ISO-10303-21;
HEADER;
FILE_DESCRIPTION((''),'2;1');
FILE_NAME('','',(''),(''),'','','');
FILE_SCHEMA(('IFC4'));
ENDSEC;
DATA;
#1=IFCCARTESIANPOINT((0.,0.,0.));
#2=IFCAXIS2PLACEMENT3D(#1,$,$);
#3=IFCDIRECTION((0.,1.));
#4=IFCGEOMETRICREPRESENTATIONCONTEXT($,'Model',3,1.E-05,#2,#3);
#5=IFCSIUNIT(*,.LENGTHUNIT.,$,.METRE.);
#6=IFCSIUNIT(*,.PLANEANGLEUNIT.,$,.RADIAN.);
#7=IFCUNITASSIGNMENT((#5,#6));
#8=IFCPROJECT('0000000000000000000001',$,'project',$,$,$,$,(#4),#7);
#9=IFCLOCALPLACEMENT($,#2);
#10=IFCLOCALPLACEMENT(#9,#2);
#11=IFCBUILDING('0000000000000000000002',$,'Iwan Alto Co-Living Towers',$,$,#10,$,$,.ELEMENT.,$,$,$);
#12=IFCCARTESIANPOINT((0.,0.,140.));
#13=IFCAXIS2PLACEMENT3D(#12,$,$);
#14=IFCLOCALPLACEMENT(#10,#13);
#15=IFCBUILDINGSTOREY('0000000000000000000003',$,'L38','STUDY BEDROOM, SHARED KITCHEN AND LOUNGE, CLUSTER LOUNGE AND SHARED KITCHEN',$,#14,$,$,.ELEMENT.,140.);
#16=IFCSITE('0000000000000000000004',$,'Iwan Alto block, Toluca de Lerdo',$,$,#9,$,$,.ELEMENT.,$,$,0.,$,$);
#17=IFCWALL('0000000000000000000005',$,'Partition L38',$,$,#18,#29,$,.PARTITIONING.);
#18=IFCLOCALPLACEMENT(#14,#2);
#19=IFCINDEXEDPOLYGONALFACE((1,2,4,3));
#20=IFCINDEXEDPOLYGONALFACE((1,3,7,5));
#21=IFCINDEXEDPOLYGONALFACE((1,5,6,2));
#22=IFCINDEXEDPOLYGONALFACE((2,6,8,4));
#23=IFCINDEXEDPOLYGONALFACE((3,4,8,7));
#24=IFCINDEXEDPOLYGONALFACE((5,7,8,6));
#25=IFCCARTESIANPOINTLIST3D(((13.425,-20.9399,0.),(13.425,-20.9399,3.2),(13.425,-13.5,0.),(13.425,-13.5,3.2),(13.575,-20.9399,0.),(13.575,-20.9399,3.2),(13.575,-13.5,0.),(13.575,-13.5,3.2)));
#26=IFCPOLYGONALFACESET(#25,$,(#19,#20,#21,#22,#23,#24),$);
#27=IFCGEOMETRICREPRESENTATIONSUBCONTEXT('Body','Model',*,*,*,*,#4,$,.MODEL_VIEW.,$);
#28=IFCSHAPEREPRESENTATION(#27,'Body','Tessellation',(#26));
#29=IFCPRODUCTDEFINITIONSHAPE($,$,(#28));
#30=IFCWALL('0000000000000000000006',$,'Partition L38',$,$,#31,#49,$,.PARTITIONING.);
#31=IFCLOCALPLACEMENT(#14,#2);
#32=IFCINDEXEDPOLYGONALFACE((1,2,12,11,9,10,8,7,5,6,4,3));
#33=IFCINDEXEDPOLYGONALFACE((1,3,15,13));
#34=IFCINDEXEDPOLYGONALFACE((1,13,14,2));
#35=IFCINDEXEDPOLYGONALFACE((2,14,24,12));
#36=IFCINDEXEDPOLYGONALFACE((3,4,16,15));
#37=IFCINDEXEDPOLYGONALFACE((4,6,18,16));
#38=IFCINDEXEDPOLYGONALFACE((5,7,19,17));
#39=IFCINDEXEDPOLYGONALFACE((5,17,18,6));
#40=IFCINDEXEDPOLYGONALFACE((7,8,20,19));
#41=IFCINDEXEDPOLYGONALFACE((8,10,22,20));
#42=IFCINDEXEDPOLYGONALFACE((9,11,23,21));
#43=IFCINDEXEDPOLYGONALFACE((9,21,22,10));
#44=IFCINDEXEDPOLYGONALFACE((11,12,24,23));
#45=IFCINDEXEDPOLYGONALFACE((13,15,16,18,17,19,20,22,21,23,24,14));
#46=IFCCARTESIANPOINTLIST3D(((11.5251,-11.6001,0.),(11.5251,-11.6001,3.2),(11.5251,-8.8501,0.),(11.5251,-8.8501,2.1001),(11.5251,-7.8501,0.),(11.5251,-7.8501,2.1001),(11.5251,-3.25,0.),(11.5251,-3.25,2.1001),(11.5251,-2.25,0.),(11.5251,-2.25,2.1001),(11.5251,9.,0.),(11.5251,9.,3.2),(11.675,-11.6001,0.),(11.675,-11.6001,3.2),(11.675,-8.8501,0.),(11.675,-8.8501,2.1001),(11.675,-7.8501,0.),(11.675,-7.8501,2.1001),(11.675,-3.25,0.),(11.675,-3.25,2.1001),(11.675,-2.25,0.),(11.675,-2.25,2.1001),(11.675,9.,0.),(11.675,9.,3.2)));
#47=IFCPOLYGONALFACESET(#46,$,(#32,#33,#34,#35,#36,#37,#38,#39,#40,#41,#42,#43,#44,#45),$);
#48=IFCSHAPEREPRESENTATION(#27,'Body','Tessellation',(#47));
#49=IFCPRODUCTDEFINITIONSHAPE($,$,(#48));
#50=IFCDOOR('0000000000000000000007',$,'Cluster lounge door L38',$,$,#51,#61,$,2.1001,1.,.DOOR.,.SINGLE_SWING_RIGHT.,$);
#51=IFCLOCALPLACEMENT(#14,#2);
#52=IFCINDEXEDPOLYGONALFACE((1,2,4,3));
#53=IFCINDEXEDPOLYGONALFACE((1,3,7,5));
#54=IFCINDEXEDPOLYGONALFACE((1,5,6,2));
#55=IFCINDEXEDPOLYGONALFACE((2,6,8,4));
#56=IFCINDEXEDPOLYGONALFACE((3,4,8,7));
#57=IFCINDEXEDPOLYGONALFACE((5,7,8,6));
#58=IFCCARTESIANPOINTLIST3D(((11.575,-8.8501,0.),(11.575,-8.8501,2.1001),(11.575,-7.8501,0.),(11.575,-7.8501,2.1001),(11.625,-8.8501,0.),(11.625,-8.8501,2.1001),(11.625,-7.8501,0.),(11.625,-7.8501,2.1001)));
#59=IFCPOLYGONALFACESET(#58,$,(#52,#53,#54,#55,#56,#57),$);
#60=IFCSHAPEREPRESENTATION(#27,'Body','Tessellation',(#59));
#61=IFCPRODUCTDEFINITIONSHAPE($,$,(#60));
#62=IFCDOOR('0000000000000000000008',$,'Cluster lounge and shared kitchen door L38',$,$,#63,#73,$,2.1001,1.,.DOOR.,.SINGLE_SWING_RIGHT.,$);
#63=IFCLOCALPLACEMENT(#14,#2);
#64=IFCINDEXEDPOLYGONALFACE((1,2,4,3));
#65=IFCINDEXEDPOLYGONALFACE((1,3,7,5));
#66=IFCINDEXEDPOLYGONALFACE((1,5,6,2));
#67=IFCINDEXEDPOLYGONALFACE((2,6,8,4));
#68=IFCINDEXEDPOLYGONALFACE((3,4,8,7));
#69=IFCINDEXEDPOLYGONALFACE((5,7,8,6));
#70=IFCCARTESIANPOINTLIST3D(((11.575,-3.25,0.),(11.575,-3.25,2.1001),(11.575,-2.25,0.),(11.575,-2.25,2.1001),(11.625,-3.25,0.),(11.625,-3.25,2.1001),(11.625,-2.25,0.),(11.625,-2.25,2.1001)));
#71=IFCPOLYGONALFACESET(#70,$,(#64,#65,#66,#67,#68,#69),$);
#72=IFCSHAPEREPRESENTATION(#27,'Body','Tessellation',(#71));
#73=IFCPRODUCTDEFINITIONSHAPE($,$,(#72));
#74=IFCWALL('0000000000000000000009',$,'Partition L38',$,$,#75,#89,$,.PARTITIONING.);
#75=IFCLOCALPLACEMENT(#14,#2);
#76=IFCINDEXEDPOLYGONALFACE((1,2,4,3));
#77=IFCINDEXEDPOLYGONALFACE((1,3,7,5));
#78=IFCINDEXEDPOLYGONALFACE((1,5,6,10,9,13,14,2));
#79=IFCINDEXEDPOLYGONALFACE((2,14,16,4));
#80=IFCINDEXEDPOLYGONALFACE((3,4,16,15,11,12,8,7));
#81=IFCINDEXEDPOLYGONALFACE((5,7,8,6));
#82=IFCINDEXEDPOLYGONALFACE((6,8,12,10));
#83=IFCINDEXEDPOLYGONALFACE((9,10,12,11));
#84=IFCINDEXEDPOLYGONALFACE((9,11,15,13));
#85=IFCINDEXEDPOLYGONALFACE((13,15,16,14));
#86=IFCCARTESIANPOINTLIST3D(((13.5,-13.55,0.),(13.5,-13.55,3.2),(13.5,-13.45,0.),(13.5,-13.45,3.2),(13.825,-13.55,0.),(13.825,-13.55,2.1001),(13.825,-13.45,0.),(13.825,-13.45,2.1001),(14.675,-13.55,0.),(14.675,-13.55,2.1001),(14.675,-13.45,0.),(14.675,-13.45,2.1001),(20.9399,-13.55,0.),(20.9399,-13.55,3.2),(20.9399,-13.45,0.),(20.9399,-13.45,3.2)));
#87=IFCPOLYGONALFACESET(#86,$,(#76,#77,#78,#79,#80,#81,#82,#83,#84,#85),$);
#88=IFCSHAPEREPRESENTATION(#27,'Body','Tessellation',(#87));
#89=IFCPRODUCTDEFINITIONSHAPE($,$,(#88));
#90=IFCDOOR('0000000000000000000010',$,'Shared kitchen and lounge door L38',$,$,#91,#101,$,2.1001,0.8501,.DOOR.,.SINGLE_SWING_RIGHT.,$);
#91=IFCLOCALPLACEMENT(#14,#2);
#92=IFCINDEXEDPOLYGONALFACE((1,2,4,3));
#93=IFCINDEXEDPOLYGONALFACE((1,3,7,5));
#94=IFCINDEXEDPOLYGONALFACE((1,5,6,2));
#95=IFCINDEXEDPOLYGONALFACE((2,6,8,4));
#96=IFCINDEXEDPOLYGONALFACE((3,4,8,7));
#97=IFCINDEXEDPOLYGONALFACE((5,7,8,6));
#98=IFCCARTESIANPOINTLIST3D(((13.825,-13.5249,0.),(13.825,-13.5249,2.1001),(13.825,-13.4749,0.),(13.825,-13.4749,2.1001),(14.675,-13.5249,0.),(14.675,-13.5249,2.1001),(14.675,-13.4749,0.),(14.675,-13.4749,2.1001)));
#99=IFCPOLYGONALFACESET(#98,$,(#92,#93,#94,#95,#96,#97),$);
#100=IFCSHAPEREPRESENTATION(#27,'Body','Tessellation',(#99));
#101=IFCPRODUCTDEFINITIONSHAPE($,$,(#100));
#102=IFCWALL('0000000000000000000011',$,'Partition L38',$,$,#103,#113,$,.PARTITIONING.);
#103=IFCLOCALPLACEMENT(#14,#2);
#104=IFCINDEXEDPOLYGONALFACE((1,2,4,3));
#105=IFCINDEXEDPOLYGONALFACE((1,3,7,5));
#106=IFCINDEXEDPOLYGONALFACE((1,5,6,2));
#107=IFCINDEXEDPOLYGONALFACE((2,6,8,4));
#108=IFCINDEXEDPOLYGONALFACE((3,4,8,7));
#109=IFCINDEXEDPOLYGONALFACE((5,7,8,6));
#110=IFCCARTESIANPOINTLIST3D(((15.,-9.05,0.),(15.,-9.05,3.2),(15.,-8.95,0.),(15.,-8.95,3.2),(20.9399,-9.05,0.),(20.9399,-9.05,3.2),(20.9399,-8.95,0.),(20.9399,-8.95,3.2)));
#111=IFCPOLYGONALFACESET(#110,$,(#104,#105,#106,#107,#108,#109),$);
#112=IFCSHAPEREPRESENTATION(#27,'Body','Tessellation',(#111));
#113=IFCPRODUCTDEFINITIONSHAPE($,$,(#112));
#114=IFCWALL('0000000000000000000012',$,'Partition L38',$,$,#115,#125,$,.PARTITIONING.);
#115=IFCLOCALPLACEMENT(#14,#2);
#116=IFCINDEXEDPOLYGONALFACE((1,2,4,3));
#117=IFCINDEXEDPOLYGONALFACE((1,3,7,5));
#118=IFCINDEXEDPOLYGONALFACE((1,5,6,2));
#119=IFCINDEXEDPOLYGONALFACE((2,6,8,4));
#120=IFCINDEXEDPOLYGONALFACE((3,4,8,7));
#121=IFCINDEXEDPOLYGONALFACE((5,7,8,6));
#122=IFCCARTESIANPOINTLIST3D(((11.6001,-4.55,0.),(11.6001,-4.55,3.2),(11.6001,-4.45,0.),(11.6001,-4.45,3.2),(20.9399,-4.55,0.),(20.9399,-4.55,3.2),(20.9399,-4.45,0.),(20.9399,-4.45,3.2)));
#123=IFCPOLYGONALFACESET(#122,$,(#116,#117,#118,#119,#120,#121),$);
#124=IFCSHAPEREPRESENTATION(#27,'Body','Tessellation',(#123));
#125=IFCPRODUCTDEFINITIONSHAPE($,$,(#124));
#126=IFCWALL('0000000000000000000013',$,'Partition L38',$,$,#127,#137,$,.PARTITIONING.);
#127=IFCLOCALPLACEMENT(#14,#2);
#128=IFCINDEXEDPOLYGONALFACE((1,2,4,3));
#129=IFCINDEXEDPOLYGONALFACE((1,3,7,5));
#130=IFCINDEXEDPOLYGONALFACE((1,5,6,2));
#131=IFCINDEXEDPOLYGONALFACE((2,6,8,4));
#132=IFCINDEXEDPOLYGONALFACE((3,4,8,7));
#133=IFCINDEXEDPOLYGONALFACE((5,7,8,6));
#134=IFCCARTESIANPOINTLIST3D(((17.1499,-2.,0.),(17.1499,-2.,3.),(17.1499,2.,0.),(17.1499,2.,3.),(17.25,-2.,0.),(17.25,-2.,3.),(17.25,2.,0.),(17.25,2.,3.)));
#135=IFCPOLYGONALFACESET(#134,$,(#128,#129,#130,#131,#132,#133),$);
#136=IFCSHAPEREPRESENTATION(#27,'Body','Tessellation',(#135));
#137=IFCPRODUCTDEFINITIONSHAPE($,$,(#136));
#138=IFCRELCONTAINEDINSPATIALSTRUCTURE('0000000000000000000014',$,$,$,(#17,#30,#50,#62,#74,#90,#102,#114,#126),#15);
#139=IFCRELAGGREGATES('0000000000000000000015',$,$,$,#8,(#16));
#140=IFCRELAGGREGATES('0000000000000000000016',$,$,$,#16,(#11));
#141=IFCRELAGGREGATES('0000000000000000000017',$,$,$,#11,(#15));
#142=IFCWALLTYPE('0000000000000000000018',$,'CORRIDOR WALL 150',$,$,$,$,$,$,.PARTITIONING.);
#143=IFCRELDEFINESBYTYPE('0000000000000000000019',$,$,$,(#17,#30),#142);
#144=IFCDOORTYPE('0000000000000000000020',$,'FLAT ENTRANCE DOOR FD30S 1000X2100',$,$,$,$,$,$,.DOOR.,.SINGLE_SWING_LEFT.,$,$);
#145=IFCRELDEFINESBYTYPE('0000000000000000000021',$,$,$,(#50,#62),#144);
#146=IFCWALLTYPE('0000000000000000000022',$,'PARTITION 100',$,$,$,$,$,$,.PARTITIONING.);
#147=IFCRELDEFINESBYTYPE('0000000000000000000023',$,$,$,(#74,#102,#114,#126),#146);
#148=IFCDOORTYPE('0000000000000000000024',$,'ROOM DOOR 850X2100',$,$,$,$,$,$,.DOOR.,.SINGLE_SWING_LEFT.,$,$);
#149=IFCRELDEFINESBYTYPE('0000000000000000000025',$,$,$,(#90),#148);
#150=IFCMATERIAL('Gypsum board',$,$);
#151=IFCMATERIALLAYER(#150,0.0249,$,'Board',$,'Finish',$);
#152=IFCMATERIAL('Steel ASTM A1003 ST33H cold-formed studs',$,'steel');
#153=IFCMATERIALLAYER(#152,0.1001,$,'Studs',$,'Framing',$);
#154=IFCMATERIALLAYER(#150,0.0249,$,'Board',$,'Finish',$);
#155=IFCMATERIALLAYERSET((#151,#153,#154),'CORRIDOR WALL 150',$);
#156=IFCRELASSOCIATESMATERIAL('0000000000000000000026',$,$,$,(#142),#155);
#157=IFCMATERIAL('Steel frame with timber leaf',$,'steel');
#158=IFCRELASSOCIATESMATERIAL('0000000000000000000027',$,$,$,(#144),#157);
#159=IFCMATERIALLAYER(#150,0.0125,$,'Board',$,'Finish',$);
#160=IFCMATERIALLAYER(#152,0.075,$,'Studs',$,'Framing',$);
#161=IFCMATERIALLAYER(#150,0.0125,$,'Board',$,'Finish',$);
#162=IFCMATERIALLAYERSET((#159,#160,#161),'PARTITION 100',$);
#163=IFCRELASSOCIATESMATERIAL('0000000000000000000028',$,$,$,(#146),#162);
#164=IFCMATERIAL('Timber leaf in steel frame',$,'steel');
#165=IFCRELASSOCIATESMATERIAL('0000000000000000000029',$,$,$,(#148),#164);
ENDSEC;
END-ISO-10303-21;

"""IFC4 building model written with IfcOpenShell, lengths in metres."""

from ifc_helpers import new_model, si_unit, direction, frame, frame_2d, origin, place, context, subcontext, project, spatial, rectangle, extrude, material, layer, layer_set, type_object, element, fill, save


model = new_model("IFC4")

# Units and contexts
model_context = context("Model", 3, precision=1e-05, world=origin(), true_north=direction((0.0, 1.0)))
body_context = subcontext(model_context, "Body", "Model", "MODEL_VIEW")
ifc_project = project(units=[si_unit("LENGTHUNIT", "METRE"), si_unit("PLANEANGLEUNIT", "RADIAN")], contexts=[model_context])

# Site, building, storey
site_placement = place(None, origin())
site = spatial("IfcSite", under=ifc_project, at=site_placement, Name="Iwan Alto block, Toluca de Lerdo", CompositionType="ELEMENT", RefElevation=0.0)
building_placement = place(site_placement, origin())
building = spatial("IfcBuilding", under=site, at=building_placement, Name="Iwan Alto Co-Living Towers", CompositionType="ELEMENT")
storey_placement = place(building_placement, frame((0.0, 0.0, 140.0)))
storey = spatial("IfcBuildingStorey", under=building, at=storey_placement, Name="L38", Description="STUDY BEDROOM, SHARED KITCHEN AND LOUNGE, CLUSTER LOUNGE AND SHARED KITCHEN", CompositionType="ELEMENT", Elevation=140.0)

# Wall
ifc_material_1 = material(Name="Gypsum board")
ifc_layer_1 = layer(ifc_material_1, 0.0249, Name="Board", Category="Finish")
ifc_material_2 = material(Name="Steel ASTM A1003 ST33H cold-formed studs", Category="steel")
ifc_layer_2 = layer(ifc_material_2, 0.1001, Name="Studs", Category="Framing")
ifc_layer_3 = layer(ifc_material_1, 0.0249, Name="Board", Category="Finish")
ifc_layer_set_1 = layer_set([ifc_layer_1, ifc_layer_2, ifc_layer_3], Name="CORRIDOR WALL 150")
wall_type_1 = type_object("IfcWallType", Name="CORRIDOR WALL 150", PredefinedType="PARTITIONING", material=ifc_layer_set_1)
wall_1_placement = place(storey_placement, frame((13.5, -20.9399, 0.0), z_axis=(0.0, 0.0, 1.0), x_axis=(0.0, 1.0, 0.0)))
element("IfcWall", 1, at=wall_1_placement, inside=storey, type_object=wall_type_1, Name="Partition L38", PredefinedType="PARTITIONING", context=body_context, shape_type="SweptSolid", body=[
    extrude(rectangle(XDim=7.4399, YDim=0.1499, at=frame_2d((3.72, 0.0))), origin(), (0.0, 0.0, 1.0), 3.2),
])

# Wall, openings, doors
wall_2_placement = place(storey_placement, frame((11.6001, -11.6001, 0.0), z_axis=(0.0, 0.0, 1.0), x_axis=(0.0, 1.0, 0.0)))
wall_2 = element("IfcWall", 2, at=wall_2_placement, inside=storey, type_object=wall_type_1, Name="Partition L38", PredefinedType="PARTITIONING", context=body_context, shape_type="SweptSolid", body=[
    extrude(rectangle(XDim=20.6001, YDim=0.1499, at=frame_2d((10.3, 0.0))), origin(), (0.0, 0.0, 1.0), 3.2),
])
opening_1_placement = place(wall_2_placement, frame((2.75, 0.0, 0.0)))
opening_1 = element("IfcOpeningElement", 3, at=opening_1_placement, cuts=wall_2, PredefinedType="OPENING", context=body_context, shape_type="SweptSolid", body=[
    extrude(rectangle(XDim=1.0, YDim=2.1001, at=frame_2d((0.5, 1.05))), frame((0.0, 0.085, 0.0), z_axis=(0.0, -1.0, 0.0), x_axis=(1.0, 0.0, 0.0)), (0.0, 0.0, 1.0), 0.1699),
])
opening_2_placement = place(wall_2_placement, frame((8.3501, 0.0, 0.0)))
opening_2 = element("IfcOpeningElement", 4, at=opening_2_placement, cuts=wall_2, PredefinedType="OPENING", context=body_context, shape_type="SweptSolid", body=[
    extrude(rectangle(XDim=1.0, YDim=2.1001, at=frame_2d((0.5, 1.05))), frame((0.0, 0.085, 0.0), z_axis=(0.0, -1.0, 0.0), x_axis=(1.0, 0.0, 0.0)), (0.0, 0.0, 1.0), 0.1699),
])
ifc_material_3 = material(Name="Steel frame with timber leaf", Category="steel")
door_type_1 = type_object("IfcDoorType", Name="FLAT ENTRANCE DOOR FD30S 1000X2100", OperationType="SINGLE_SWING_LEFT", PredefinedType="DOOR", material=ifc_material_3)
door_1_placement = place(opening_1_placement, frame((1.0, 0.0, 0.0), z_axis=(0.0, 0.0, 1.0), x_axis=(-1.0, 0.0, 0.0)))
door_1 = element("IfcDoor", 5, at=door_1_placement, inside=storey, type_object=door_type_1, Name="Cluster lounge door L38", OperationType="SINGLE_SWING_RIGHT", OverallHeight=2.1001, OverallWidth=1.0, PredefinedType="DOOR", context=body_context, shape_type="SweptSolid", body=[
    extrude(rectangle(XDim=1.0, YDim=2.1001, at=frame_2d((0.5, 1.05))), frame((0.0, 0.0249, 0.0), z_axis=(0.0, -1.0, 0.0), x_axis=(1.0, 0.0, 0.0)), (0.0, 0.0, 1.0), 0.05),
])
fill(opening_1, door_1)
door_2_placement = place(opening_2_placement, frame((1.0, 0.0, 0.0), z_axis=(0.0, 0.0, 1.0), x_axis=(-1.0, 0.0, 0.0)))
door_2 = element("IfcDoor", 6, at=door_2_placement, inside=storey, type_object=door_type_1, Name="Cluster lounge and shared kitchen door L38", OperationType="SINGLE_SWING_RIGHT", OverallHeight=2.1001, OverallWidth=1.0, PredefinedType="DOOR", context=body_context, shape_type="SweptSolid", body=[
    extrude(rectangle(XDim=1.0, YDim=2.1001, at=frame_2d((0.5, 1.05))), frame((0.0, 0.0249, 0.0), z_axis=(0.0, -1.0, 0.0), x_axis=(1.0, 0.0, 0.0)), (0.0, 0.0, 1.0), 0.05),
])
fill(opening_2, door_2)

# Wall, opening, door
ifc_layer_4 = layer(ifc_material_1, 0.0125, Name="Board", Category="Finish")
ifc_layer_5 = layer(ifc_material_2, 0.075, Name="Studs", Category="Framing")
ifc_layer_6 = layer(ifc_material_1, 0.0125, Name="Board", Category="Finish")
ifc_layer_set_2 = layer_set([ifc_layer_4, ifc_layer_5, ifc_layer_6], Name="PARTITION 100")
wall_type_2 = type_object("IfcWallType", Name="PARTITION 100", PredefinedType="PARTITIONING", material=ifc_layer_set_2)
wall_3_placement = place(storey_placement, frame((13.5, -13.5, 0.0), z_axis=(0.0, 0.0, 1.0), x_axis=(1.0, 0.0, 0.0)))
wall_3 = element("IfcWall", 7, at=wall_3_placement, inside=storey, type_object=wall_type_2, Name="Partition L38", PredefinedType="PARTITIONING", context=body_context, shape_type="SweptSolid", body=[
    extrude(rectangle(XDim=7.4399, YDim=0.1001, at=frame_2d((3.72, 0.0))), origin(), (0.0, 0.0, 1.0), 3.2),
])
opening_3_placement = place(wall_3_placement, frame((0.325, 0.0, 0.0)))
opening_3 = element("IfcOpeningElement", 8, at=opening_3_placement, cuts=wall_3, PredefinedType="OPENING", context=body_context, shape_type="SweptSolid", body=[
    extrude(rectangle(XDim=0.8501, YDim=2.1001, at=frame_2d((0.425, 1.05))), frame((0.0, 0.0601, 0.0), z_axis=(0.0, -1.0, 0.0), x_axis=(1.0, 0.0, 0.0)), (0.0, 0.0, 1.0), 0.1201),
])
ifc_material_4 = material(Name="Timber leaf in steel frame", Category="steel")
door_type_2 = type_object("IfcDoorType", Name="ROOM DOOR 850X2100", OperationType="SINGLE_SWING_LEFT", PredefinedType="DOOR", material=ifc_material_4)
door_3_placement = place(opening_3_placement, frame((0.8501, 0.0, 0.0), z_axis=(0.0, 0.0, 1.0), x_axis=(-1.0, 0.0, 0.0)))
door_3 = element("IfcDoor", 9, at=door_3_placement, inside=storey, type_object=door_type_2, Name="Shared kitchen and lounge door L38", OperationType="SINGLE_SWING_RIGHT", OverallHeight=2.1001, OverallWidth=0.8501, PredefinedType="DOOR", context=body_context, shape_type="SweptSolid", body=[
    extrude(rectangle(XDim=0.8501, YDim=2.1001, at=frame_2d((0.425, 1.05))), frame((0.0, 0.0249, 0.0), z_axis=(0.0, -1.0, 0.0), x_axis=(1.0, 0.0, 0.0)), (0.0, 0.0, 1.0), 0.05),
])
fill(opening_3, door_3)

# Walls
wall_4_placement = place(storey_placement, frame((15.0, -9.0, 0.0), z_axis=(0.0, 0.0, 1.0), x_axis=(1.0, 0.0, 0.0)))
element("IfcWall", 10, at=wall_4_placement, inside=storey, type_object=wall_type_2, Name="Partition L38", PredefinedType="PARTITIONING", context=body_context, shape_type="SweptSolid", body=[
    extrude(rectangle(XDim=5.9399, YDim=0.1001, at=frame_2d((2.97, 0.0))), origin(), (0.0, 0.0, 1.0), 3.2),
])
wall_5_placement = place(storey_placement, frame((11.6001, -4.5, 0.0), z_axis=(0.0, 0.0, 1.0), x_axis=(1.0, 0.0, 0.0)))
element("IfcWall", 11, at=wall_5_placement, inside=storey, type_object=wall_type_2, Name="Partition L38", PredefinedType="PARTITIONING", context=body_context, shape_type="SweptSolid", body=[
    extrude(rectangle(XDim=9.3398, YDim=0.1001, at=frame_2d((4.6699, 0.0))), origin(), (0.0, 0.0, 1.0), 3.2),
])
wall_6_placement = place(storey_placement, frame((17.2, -2.0, 0.0), z_axis=(0.0, 0.0, 1.0), x_axis=(0.0, 1.0, 0.0)))
element("IfcWall", 12, at=wall_6_placement, inside=storey, type_object=wall_type_2, Name="Partition L38", PredefinedType="PARTITIONING", context=body_context, shape_type="SweptSolid", body=[
    extrude(rectangle(XDim=4.0, YDim=0.1001, at=frame_2d((2.0, 0.0))), origin(), (0.0, 0.0, 1.0), 3.0),
])

save(model, "model.ifc")
